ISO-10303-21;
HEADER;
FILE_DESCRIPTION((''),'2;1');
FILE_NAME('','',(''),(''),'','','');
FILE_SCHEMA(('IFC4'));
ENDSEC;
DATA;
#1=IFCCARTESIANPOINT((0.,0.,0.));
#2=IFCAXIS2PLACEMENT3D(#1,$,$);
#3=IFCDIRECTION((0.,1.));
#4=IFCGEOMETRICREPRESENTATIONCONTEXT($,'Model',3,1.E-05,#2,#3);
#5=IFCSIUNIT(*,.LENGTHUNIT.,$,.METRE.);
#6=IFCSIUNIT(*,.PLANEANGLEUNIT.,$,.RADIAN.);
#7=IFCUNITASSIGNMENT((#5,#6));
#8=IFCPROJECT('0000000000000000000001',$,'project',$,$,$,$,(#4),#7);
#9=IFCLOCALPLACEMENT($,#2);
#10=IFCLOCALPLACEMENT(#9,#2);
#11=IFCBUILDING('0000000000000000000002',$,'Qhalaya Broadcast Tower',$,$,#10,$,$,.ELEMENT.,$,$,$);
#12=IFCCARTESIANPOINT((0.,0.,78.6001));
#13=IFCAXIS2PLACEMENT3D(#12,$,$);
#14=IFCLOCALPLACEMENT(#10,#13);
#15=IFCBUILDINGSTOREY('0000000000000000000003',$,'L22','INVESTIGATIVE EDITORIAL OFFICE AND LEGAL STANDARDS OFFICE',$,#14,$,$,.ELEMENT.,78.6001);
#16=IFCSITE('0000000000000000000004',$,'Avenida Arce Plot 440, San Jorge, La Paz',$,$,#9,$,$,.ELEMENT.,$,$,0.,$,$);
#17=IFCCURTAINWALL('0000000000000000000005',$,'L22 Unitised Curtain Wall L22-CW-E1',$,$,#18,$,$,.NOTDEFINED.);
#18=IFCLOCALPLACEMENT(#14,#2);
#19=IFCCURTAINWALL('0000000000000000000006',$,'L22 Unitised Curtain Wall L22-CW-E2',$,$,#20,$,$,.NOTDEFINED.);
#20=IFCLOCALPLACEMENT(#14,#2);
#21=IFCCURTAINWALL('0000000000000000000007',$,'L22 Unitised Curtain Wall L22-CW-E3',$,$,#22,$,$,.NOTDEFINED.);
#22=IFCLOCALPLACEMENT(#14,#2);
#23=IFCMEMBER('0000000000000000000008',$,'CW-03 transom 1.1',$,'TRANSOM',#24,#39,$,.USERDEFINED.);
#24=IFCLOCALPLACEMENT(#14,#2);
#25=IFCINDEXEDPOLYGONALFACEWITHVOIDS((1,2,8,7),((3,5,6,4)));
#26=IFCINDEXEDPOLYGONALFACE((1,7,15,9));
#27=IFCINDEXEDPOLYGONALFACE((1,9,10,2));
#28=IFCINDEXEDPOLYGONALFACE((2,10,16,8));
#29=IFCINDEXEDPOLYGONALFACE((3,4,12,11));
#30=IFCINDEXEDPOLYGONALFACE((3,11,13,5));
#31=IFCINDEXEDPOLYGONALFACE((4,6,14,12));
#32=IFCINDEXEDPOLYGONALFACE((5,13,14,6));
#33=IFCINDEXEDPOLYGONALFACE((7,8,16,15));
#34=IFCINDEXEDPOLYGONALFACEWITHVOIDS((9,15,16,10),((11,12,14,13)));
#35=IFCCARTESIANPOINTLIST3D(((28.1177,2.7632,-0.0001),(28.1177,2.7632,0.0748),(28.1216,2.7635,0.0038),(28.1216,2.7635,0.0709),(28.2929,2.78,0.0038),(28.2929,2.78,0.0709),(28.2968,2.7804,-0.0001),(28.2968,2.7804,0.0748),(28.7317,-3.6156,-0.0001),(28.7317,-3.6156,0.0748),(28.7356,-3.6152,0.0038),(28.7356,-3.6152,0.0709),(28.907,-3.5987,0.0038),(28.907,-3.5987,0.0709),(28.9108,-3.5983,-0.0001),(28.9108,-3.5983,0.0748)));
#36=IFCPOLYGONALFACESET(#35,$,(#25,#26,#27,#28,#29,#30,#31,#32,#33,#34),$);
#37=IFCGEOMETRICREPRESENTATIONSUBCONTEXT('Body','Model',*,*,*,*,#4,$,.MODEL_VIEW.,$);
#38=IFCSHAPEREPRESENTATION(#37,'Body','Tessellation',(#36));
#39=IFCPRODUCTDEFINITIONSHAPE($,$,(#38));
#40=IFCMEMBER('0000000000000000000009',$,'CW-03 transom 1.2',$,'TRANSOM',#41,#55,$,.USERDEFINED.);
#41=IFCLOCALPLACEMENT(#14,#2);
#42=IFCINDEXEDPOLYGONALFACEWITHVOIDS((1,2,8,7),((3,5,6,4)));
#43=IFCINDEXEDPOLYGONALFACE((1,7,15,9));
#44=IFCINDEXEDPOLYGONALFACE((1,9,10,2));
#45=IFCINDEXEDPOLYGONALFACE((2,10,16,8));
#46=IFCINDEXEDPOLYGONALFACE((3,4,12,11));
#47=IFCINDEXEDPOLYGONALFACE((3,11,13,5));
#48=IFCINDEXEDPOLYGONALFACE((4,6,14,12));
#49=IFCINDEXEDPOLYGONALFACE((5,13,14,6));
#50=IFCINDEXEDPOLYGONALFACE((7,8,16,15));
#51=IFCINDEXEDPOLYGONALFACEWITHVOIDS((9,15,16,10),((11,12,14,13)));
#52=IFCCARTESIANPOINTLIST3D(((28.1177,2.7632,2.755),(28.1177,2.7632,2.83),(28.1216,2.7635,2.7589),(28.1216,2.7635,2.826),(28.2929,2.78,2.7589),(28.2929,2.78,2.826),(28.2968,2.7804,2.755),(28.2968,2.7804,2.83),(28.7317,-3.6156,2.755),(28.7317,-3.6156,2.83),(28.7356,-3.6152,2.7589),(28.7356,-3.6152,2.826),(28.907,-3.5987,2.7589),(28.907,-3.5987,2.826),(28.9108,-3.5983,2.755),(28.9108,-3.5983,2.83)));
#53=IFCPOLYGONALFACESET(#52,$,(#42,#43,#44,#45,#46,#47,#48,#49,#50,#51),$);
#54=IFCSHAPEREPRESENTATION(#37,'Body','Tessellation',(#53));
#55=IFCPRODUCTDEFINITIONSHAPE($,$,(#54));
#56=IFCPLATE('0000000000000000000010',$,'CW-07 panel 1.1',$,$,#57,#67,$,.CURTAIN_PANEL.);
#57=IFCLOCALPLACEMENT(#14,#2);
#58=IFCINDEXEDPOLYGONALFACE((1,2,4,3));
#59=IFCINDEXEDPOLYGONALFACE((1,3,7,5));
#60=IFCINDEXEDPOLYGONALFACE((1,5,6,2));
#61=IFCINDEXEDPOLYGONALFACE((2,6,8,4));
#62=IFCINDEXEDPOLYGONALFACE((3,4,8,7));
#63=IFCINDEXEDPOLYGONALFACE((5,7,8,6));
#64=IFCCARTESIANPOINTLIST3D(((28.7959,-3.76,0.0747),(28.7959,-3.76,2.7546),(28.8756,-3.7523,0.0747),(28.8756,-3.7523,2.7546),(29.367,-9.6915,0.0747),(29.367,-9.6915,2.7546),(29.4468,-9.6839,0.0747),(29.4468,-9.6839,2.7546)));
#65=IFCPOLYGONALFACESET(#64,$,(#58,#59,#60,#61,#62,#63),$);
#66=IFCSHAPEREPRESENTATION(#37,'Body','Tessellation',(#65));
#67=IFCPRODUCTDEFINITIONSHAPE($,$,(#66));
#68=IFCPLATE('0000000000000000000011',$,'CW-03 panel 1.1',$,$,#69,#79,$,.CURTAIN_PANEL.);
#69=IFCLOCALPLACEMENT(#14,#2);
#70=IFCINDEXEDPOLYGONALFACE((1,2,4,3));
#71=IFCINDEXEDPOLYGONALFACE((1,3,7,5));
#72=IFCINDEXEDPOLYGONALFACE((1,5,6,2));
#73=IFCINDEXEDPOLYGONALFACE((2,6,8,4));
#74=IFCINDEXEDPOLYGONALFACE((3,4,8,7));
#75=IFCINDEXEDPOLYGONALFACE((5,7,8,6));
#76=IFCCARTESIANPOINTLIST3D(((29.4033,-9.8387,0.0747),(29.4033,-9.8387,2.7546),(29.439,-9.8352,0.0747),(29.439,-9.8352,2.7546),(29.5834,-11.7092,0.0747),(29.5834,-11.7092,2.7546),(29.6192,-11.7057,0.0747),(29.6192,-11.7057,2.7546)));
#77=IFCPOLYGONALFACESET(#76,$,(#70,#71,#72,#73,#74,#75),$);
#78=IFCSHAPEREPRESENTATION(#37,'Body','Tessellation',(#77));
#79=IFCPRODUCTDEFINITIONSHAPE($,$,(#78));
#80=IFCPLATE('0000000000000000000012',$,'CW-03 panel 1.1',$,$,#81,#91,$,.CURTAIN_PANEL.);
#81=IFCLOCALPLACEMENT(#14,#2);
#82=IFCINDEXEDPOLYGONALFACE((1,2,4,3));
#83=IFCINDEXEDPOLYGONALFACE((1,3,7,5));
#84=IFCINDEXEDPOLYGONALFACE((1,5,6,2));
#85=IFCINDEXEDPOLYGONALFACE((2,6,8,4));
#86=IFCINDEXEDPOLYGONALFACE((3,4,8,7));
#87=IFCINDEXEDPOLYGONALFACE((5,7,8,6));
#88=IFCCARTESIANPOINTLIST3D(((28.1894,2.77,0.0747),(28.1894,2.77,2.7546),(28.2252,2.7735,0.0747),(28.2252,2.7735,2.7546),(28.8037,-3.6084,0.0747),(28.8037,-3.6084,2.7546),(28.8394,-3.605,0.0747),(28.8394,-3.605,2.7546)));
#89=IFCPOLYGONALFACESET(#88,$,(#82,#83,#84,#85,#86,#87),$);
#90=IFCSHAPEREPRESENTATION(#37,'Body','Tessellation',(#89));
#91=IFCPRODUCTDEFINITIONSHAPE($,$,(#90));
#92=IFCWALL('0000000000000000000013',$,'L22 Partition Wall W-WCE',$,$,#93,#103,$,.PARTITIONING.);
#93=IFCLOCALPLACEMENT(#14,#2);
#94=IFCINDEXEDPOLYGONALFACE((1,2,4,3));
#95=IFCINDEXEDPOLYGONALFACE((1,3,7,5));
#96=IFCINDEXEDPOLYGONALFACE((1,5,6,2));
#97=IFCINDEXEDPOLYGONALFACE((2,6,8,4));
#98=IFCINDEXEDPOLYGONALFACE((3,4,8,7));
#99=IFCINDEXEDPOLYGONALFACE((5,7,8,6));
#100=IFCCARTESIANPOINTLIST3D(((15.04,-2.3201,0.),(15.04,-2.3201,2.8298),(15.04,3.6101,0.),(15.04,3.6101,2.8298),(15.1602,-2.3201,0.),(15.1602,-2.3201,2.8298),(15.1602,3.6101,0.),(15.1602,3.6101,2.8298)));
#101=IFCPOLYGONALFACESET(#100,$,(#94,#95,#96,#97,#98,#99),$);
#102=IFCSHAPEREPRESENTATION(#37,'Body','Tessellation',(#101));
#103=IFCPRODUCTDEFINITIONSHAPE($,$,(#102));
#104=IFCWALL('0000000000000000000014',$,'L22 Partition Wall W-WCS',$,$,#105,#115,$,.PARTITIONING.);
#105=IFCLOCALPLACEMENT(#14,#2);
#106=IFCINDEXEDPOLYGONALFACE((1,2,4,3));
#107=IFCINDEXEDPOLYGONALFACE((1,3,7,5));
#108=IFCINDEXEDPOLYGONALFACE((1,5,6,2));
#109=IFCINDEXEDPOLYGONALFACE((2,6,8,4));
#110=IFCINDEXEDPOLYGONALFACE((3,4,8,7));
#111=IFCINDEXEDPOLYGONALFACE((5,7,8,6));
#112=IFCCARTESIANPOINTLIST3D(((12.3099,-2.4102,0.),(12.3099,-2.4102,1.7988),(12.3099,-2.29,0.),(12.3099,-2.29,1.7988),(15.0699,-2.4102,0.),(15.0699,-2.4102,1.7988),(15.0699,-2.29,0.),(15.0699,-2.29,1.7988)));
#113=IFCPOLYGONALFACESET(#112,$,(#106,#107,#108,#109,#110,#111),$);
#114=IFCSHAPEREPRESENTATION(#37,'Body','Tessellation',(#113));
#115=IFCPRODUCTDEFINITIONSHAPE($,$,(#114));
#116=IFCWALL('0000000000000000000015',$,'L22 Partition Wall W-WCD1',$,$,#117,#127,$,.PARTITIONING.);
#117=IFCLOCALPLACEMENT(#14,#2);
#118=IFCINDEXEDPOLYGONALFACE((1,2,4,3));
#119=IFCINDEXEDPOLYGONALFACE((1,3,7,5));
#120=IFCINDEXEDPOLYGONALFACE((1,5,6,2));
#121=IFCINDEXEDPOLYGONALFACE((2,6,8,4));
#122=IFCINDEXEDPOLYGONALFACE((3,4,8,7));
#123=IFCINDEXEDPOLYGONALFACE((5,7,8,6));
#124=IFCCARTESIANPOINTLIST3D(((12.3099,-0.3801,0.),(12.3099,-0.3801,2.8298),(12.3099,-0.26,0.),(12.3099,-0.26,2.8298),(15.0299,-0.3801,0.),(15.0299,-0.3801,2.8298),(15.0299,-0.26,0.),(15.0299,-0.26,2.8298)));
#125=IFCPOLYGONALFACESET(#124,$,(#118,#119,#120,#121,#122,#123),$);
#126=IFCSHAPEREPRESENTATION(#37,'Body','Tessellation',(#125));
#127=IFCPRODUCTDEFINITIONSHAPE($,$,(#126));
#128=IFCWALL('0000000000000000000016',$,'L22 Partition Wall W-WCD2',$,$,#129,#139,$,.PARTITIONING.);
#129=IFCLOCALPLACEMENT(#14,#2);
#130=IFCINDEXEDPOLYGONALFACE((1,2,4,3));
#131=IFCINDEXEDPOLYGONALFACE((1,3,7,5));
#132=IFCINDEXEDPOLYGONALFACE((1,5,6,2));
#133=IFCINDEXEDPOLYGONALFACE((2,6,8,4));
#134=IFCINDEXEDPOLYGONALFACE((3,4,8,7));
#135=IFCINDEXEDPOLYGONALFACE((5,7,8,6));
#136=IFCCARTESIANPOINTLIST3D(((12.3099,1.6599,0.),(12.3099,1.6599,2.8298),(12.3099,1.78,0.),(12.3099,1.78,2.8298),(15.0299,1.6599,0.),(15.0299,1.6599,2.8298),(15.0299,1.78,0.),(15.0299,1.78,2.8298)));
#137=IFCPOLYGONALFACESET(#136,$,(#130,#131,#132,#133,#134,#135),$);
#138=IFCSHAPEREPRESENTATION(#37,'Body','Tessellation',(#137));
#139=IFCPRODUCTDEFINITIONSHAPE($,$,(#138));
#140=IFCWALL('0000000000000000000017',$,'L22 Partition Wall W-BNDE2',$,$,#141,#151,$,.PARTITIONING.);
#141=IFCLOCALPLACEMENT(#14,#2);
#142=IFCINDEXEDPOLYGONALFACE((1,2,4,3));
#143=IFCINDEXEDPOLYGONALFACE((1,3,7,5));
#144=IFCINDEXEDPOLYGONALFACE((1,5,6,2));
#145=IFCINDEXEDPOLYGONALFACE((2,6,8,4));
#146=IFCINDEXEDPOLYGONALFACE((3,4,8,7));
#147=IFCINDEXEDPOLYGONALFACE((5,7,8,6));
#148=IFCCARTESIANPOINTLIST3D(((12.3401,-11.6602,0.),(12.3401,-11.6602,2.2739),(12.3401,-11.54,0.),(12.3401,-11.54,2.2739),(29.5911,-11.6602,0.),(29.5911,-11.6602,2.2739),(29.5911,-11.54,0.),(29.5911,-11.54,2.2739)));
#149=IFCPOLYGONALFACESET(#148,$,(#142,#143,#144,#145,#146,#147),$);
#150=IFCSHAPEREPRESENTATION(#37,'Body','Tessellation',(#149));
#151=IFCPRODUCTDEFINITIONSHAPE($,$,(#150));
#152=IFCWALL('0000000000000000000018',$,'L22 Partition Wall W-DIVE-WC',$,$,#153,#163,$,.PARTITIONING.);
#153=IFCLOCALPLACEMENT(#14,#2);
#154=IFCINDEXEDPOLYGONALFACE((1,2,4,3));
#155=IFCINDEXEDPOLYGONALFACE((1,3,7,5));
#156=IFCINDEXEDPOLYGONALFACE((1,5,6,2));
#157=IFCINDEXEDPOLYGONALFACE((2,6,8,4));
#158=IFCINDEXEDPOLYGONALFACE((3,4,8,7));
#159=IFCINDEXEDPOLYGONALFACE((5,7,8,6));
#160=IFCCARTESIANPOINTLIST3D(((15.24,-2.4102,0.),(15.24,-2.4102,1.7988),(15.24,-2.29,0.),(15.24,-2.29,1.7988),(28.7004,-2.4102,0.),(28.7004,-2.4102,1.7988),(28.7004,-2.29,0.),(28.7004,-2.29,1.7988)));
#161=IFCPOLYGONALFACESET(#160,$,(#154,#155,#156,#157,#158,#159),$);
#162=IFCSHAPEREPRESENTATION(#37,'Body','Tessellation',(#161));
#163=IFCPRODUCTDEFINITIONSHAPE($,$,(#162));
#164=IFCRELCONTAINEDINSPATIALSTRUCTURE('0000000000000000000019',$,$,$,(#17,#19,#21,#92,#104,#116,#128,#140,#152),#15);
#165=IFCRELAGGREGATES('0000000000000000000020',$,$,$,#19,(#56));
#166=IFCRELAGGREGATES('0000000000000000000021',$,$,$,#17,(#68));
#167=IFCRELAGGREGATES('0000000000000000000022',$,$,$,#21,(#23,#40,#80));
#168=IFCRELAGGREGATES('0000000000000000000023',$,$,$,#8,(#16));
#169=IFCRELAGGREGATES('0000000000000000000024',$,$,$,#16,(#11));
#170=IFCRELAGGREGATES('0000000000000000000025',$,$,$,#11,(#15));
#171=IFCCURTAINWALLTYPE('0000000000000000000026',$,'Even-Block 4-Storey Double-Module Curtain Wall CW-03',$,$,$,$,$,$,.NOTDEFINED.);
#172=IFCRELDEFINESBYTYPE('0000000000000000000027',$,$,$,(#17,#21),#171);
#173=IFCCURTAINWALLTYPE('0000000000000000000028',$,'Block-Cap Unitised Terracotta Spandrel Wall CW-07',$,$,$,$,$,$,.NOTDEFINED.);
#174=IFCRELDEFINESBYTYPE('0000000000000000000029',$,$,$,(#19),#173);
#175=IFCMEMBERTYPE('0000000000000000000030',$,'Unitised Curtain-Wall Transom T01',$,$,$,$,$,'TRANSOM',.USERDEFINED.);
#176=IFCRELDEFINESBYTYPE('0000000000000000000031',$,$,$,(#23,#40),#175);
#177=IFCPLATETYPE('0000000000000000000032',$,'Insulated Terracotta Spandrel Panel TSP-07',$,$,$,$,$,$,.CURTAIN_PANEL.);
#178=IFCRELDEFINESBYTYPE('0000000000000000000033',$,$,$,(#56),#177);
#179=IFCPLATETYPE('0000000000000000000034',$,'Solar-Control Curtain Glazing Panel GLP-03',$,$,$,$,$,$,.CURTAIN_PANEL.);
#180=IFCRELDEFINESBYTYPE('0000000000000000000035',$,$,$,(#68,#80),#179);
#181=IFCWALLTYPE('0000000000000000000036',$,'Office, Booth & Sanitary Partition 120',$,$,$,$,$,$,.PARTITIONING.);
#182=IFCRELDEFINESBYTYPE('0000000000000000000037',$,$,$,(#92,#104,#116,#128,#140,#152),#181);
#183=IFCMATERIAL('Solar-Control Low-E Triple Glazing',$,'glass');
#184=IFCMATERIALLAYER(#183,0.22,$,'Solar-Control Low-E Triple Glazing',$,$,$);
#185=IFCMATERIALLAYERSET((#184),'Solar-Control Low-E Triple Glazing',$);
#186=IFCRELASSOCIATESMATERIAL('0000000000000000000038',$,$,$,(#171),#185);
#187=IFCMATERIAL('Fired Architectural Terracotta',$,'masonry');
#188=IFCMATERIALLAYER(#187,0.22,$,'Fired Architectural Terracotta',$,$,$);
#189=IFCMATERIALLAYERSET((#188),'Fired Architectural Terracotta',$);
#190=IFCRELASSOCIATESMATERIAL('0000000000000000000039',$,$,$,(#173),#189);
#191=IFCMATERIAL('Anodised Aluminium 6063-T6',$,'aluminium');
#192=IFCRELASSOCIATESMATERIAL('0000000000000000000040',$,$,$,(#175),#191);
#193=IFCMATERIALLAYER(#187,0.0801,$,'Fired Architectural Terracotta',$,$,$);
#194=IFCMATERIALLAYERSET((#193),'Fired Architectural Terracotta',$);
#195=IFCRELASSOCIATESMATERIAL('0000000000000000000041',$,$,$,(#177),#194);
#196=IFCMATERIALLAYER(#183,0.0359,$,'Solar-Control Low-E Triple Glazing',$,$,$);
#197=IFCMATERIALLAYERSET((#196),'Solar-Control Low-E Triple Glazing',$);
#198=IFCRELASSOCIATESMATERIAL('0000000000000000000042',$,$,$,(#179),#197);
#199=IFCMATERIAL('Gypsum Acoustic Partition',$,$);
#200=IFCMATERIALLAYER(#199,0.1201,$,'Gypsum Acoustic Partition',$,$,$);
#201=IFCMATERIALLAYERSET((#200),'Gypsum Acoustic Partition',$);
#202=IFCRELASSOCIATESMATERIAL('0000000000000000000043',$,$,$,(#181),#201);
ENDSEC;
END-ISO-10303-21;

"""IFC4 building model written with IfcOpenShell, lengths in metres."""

from ifc_helpers import new_model, si_unit, direction, frame, frame_2d, origin, origin_2d, place, context, subcontext, project, spatial, rectangle, hollow_rectangle, extrude, material, layer, layer_set, material_profile, profile_set, type_object, element, aggregate, save


model = new_model("IFC4")

# Units and contexts
model_context = context("Model", 3, precision=1e-05, world=origin(), true_north=direction((0.0, 1.0)))
body_context = subcontext(model_context, "Body", "Model", "MODEL_VIEW")
ifc_project = project(units=[si_unit("LENGTHUNIT", "METRE"), si_unit("PLANEANGLEUNIT", "RADIAN")], contexts=[model_context])

# Site, building, storey
site_placement = place(None, origin())
site = spatial("IfcSite", under=ifc_project, at=site_placement, Name="Avenida Arce Plot 440, San Jorge, La Paz", CompositionType="ELEMENT", RefElevation=0.0)
building_placement = place(site_placement, origin())
building = spatial("IfcBuilding", under=site, at=building_placement, Name="Qhalaya Broadcast Tower", CompositionType="ELEMENT")
storey_placement = place(building_placement, frame((0.0, 0.0, 78.6001)))
storey = spatial("IfcBuildingStorey", under=building, at=storey_placement, Name="L22", Description="INVESTIGATIVE EDITORIAL OFFICE AND LEGAL STANDARDS OFFICE", CompositionType="ELEMENT", Elevation=78.6001)

# Curtain wall
ifc_material_1 = material(Name="Solar-Control Low-E Triple Glazing", Category="glass")
ifc_layer_1 = layer(ifc_material_1, 0.22, Name="Solar-Control Low-E Triple Glazing")
ifc_layer_set_1 = layer_set([ifc_layer_1], Name="Solar-Control Low-E Triple Glazing")
curtain_wall_type_1 = type_object("IfcCurtainWallType", Name="Even-Block 4-Storey Double-Module Curtain Wall CW-03", PredefinedType="NOTDEFINED", material=ifc_layer_set_1)
curtain_wall_1_placement = place(storey_placement, origin())
curtain_wall_1 = element("IfcCurtainWall", 1, at=curtain_wall_1_placement, inside=storey, type_object=curtain_wall_type_1, Name="L22 Unitised Curtain Wall L22-CW-E1", PredefinedType="NOTDEFINED")
ifc_material_2 = material(Name="Anodised Aluminium 6063-T6", Category="aluminium")

# Curtain walls
ifc_material_3 = material(Name="Fired Architectural Terracotta", Category="masonry")
ifc_layer_2 = layer(ifc_material_3, 0.22, Name="Fired Architectural Terracotta")
ifc_layer_set_2 = layer_set([ifc_layer_2], Name="Fired Architectural Terracotta")
curtain_wall_type_2 = type_object("IfcCurtainWallType", Name="Block-Cap Unitised Terracotta Spandrel Wall CW-07", PredefinedType="NOTDEFINED", material=ifc_layer_set_2)
curtain_wall_2_placement = place(storey_placement, origin())
curtain_wall_2 = element("IfcCurtainWall", 2, at=curtain_wall_2_placement, inside=storey, type_object=curtain_wall_type_2, Name="L22 Unitised Curtain Wall L22-CW-E2", PredefinedType="NOTDEFINED")
curtain_wall_3_placement = place(storey_placement, origin())
curtain_wall_3 = element("IfcCurtainWall", 3, at=curtain_wall_3_placement, inside=storey, type_object=curtain_wall_type_1, Name="L22 Unitised Curtain Wall L22-CW-E3", PredefinedType="NOTDEFINED")

# Members
ifc_material_profile_1 = material_profile(ifc_material_2, hollow_rectangle(XDim=0.075, YDim=0.1799, WallThickness=0.0039, at=origin_2d()), Name="ALU-TRN 75x180x4")
ifc_profile_set_1 = profile_set([ifc_material_profile_1], Name="Anodised Aluminium 6063-T6")
member_type_1 = type_object("IfcMemberType", Name="Unitised Curtain-Wall Transom T01", ElementType="TRANSOM", PredefinedType="USERDEFINED", material=ifc_profile_set_1)
member_1_placement = place(storey_placement, frame((28.8213, -3.6069, 0.0374), z_axis=(-0.095818, 0.995399, 0.0), x_axis=(0.0, 0.0, 1.0)))
member_1 = element("IfcMember", 4, at=member_1_placement, type_object=member_type_1, Name="CW-03 transom 1.1", ObjectType="TRANSOM", PredefinedType="USERDEFINED", context=body_context, shape_type="SweptSolid", body=[
    extrude(hollow_rectangle(XDim=0.075, YDim=0.1799, WallThickness=0.0039, at=origin_2d()), origin(), (0.0, 0.0, 1.0), 6.4082),
])
member_2_placement = place(storey_placement, frame((28.8213, -3.6069, 2.7925), z_axis=(-0.095818, 0.995399, 0.0), x_axis=(0.0, 0.0, 1.0)))
member_2 = element("IfcMember", 5, at=member_2_placement, type_object=member_type_1, Name="CW-03 transom 1.2", ObjectType="TRANSOM", PredefinedType="USERDEFINED", context=body_context, shape_type="SweptSolid", body=[
    extrude(hollow_rectangle(XDim=0.075, YDim=0.1799, WallThickness=0.0039, at=origin_2d()), origin(), (0.0, 0.0, 1.0), 6.4082),
])

# Plates
ifc_layer_3 = layer(ifc_material_3, 0.0801, Name="Fired Architectural Terracotta")
ifc_layer_set_3 = layer_set([ifc_layer_3], Name="Fired Architectural Terracotta")
plate_type_1 = type_object("IfcPlateType", Name="Insulated Terracotta Spandrel Panel TSP-07", PredefinedType="CURTAIN_PANEL", material=ifc_layer_set_3)
plate_1_placement = place(storey_placement, frame((29.1213, -6.7219, 0.0747), z_axis=(0.0, 0.0, 1.0), x_axis=(-0.095843, 0.995396, 0.0)))
plate_1 = element("IfcPlate", 6, at=plate_1_placement, type_object=plate_type_1, Name="CW-07 panel 1.1", PredefinedType="CURTAIN_PANEL", context=body_context, shape_type="SweptSolid", body=[
    extrude(rectangle(XDim=5.959, YDim=0.0801, at=origin_2d()), origin(), (0.0, 0.0, 1.0), 2.6799),
])
aggregate(curtain_wall_2, [plate_1])
ifc_layer_4 = layer(ifc_material_1, 0.0359, Name="Solar-Control Low-E Triple Glazing")
ifc_layer_set_4 = layer_set([ifc_layer_4], Name="Solar-Control Low-E Triple Glazing")
plate_type_2 = type_object("IfcPlateType", Name="Solar-Control Curtain Glazing Panel GLP-03", PredefinedType="CURTAIN_PANEL", material=ifc_layer_set_4)
plate_2_placement = place(storey_placement, frame((29.5112, -10.7722, 0.0747), z_axis=(0.0, 0.0, 1.0), x_axis=(-0.095858, 0.995395, 0.0)))
plate_2 = element("IfcPlate", 7, at=plate_2_placement, type_object=plate_type_2, Name="CW-03 panel 1.1", PredefinedType="CURTAIN_PANEL", context=body_context, shape_type="SweptSolid", body=[
    extrude(rectangle(XDim=1.8792, YDim=0.0359, at=origin_2d()), origin(), (0.0, 0.0, 1.0), 2.6799),
])
aggregate(curtain_wall_1, [plate_2])
plate_3_placement = place(storey_placement, frame((28.5144, -0.4175, 0.0747), z_axis=(0.0, 0.0, 1.0), x_axis=(-0.095852, 0.995396, 0.0)))
plate_3 = element("IfcPlate", 8, at=plate_3_placement, type_object=plate_type_2, Name="CW-03 panel 1.1", PredefinedType="CURTAIN_PANEL", context=body_context, shape_type="SweptSolid", body=[
    extrude(rectangle(XDim=6.408, YDim=0.0359, at=origin_2d()), origin(), (0.0, 0.0, 1.0), 2.6799),
])
aggregate(curtain_wall_3, [member_1, member_2, plate_3])

# Walls
ifc_material_4 = material(Name="Gypsum Acoustic Partition")
ifc_layer_5 = layer(ifc_material_4, 0.1201, Name="Gypsum Acoustic Partition")
ifc_layer_set_5 = layer_set([ifc_layer_5], Name="Gypsum Acoustic Partition")
wall_type = type_object("IfcWallType", Name="Office, Booth & Sanitary Partition 120", PredefinedType="PARTITIONING", material=ifc_layer_set_5)
wall_1_placement = place(storey_placement, frame((15.1001, -2.3201, 0.0), z_axis=(0.0, 0.0, 1.0), x_axis=(0.0, 1.0, 0.0)))
element("IfcWall", 9, at=wall_1_placement, inside=storey, type_object=wall_type, Name="L22 Partition Wall W-WCE", PredefinedType="PARTITIONING", context=body_context, shape_type="SweptSolid", body=[
    extrude(rectangle(XDim=5.9302, YDim=0.1201, at=frame_2d((2.9651, 0.0))), origin(), (0.0, 0.0, 1.0), 2.8298),
])
wall_2_placement = place(storey_placement, frame((12.3101, -2.3501, 0.0), z_axis=(0.0, 0.0, 1.0), x_axis=(1.0, 0.0, 0.0)))
element("IfcWall", 10, at=wall_2_placement, inside=storey, type_object=wall_type, Name="L22 Partition Wall W-WCS", PredefinedType="PARTITIONING", context=body_context, shape_type="SweptSolid", body=[
    extrude(rectangle(XDim=2.76, YDim=0.1201, at=frame_2d((1.3799, 0.0))), origin(), (0.0, 0.0, 1.0), 1.7988),
])
for number, where, z_axis, x_axis, name in (
    (11, (12.3101, -0.3201, 0.0), (0.0, 0.0, 1.0), (1.0, 0.0, 0.0), "L22 Partition Wall W-WCD1"),
    (12, (12.3101, 1.72, 0.0), (0.0, 0.0, 1.0), (1.0, 0.0, 0.0), "L22 Partition Wall W-WCD2"),
):
    element("IfcWall", number, at=place(storey_placement, frame(where, z_axis=z_axis, x_axis=x_axis)), inside=storey, type_object=wall_type, Name=name, PredefinedType="PARTITIONING", context=body_context, shape_type="SweptSolid", body=[
        extrude(rectangle(XDim=2.72, YDim=0.1201, at=frame_2d((1.3599, 0.0))), origin(), (0.0, 0.0, 1.0), 2.8298),
    ])
wall_3_placement = place(storey_placement, frame((12.3401, -11.6001, 0.0), z_axis=(0.0, 0.0, 1.0), x_axis=(1.0, 0.0, 0.0)))
element("IfcWall", 13, at=wall_3_placement, inside=storey, type_object=wall_type, Name="L22 Partition Wall W-BNDE2", PredefinedType="PARTITIONING", context=body_context, shape_type="SweptSolid", body=[
    extrude(rectangle(XDim=17.251, YDim=0.1201, at=frame_2d((8.6255, 0.0))), origin(), (0.0, 0.0, 1.0), 2.2739),
])
wall_4_placement = place(storey_placement, frame((15.24, -2.3501, 0.0), z_axis=(0.0, 0.0, 1.0), x_axis=(1.0, 0.0, 0.0)))
element("IfcWall", 14, at=wall_4_placement, inside=storey, type_object=wall_type, Name="L22 Partition Wall W-DIVE-WC", PredefinedType="PARTITIONING", context=body_context, shape_type="SweptSolid", body=[
    extrude(rectangle(XDim=13.4604, YDim=0.1201, at=frame_2d((6.7302, 0.0))), origin(), (0.0, 0.0, 1.0), 1.7988),
])

save(model, "model.ifc")
